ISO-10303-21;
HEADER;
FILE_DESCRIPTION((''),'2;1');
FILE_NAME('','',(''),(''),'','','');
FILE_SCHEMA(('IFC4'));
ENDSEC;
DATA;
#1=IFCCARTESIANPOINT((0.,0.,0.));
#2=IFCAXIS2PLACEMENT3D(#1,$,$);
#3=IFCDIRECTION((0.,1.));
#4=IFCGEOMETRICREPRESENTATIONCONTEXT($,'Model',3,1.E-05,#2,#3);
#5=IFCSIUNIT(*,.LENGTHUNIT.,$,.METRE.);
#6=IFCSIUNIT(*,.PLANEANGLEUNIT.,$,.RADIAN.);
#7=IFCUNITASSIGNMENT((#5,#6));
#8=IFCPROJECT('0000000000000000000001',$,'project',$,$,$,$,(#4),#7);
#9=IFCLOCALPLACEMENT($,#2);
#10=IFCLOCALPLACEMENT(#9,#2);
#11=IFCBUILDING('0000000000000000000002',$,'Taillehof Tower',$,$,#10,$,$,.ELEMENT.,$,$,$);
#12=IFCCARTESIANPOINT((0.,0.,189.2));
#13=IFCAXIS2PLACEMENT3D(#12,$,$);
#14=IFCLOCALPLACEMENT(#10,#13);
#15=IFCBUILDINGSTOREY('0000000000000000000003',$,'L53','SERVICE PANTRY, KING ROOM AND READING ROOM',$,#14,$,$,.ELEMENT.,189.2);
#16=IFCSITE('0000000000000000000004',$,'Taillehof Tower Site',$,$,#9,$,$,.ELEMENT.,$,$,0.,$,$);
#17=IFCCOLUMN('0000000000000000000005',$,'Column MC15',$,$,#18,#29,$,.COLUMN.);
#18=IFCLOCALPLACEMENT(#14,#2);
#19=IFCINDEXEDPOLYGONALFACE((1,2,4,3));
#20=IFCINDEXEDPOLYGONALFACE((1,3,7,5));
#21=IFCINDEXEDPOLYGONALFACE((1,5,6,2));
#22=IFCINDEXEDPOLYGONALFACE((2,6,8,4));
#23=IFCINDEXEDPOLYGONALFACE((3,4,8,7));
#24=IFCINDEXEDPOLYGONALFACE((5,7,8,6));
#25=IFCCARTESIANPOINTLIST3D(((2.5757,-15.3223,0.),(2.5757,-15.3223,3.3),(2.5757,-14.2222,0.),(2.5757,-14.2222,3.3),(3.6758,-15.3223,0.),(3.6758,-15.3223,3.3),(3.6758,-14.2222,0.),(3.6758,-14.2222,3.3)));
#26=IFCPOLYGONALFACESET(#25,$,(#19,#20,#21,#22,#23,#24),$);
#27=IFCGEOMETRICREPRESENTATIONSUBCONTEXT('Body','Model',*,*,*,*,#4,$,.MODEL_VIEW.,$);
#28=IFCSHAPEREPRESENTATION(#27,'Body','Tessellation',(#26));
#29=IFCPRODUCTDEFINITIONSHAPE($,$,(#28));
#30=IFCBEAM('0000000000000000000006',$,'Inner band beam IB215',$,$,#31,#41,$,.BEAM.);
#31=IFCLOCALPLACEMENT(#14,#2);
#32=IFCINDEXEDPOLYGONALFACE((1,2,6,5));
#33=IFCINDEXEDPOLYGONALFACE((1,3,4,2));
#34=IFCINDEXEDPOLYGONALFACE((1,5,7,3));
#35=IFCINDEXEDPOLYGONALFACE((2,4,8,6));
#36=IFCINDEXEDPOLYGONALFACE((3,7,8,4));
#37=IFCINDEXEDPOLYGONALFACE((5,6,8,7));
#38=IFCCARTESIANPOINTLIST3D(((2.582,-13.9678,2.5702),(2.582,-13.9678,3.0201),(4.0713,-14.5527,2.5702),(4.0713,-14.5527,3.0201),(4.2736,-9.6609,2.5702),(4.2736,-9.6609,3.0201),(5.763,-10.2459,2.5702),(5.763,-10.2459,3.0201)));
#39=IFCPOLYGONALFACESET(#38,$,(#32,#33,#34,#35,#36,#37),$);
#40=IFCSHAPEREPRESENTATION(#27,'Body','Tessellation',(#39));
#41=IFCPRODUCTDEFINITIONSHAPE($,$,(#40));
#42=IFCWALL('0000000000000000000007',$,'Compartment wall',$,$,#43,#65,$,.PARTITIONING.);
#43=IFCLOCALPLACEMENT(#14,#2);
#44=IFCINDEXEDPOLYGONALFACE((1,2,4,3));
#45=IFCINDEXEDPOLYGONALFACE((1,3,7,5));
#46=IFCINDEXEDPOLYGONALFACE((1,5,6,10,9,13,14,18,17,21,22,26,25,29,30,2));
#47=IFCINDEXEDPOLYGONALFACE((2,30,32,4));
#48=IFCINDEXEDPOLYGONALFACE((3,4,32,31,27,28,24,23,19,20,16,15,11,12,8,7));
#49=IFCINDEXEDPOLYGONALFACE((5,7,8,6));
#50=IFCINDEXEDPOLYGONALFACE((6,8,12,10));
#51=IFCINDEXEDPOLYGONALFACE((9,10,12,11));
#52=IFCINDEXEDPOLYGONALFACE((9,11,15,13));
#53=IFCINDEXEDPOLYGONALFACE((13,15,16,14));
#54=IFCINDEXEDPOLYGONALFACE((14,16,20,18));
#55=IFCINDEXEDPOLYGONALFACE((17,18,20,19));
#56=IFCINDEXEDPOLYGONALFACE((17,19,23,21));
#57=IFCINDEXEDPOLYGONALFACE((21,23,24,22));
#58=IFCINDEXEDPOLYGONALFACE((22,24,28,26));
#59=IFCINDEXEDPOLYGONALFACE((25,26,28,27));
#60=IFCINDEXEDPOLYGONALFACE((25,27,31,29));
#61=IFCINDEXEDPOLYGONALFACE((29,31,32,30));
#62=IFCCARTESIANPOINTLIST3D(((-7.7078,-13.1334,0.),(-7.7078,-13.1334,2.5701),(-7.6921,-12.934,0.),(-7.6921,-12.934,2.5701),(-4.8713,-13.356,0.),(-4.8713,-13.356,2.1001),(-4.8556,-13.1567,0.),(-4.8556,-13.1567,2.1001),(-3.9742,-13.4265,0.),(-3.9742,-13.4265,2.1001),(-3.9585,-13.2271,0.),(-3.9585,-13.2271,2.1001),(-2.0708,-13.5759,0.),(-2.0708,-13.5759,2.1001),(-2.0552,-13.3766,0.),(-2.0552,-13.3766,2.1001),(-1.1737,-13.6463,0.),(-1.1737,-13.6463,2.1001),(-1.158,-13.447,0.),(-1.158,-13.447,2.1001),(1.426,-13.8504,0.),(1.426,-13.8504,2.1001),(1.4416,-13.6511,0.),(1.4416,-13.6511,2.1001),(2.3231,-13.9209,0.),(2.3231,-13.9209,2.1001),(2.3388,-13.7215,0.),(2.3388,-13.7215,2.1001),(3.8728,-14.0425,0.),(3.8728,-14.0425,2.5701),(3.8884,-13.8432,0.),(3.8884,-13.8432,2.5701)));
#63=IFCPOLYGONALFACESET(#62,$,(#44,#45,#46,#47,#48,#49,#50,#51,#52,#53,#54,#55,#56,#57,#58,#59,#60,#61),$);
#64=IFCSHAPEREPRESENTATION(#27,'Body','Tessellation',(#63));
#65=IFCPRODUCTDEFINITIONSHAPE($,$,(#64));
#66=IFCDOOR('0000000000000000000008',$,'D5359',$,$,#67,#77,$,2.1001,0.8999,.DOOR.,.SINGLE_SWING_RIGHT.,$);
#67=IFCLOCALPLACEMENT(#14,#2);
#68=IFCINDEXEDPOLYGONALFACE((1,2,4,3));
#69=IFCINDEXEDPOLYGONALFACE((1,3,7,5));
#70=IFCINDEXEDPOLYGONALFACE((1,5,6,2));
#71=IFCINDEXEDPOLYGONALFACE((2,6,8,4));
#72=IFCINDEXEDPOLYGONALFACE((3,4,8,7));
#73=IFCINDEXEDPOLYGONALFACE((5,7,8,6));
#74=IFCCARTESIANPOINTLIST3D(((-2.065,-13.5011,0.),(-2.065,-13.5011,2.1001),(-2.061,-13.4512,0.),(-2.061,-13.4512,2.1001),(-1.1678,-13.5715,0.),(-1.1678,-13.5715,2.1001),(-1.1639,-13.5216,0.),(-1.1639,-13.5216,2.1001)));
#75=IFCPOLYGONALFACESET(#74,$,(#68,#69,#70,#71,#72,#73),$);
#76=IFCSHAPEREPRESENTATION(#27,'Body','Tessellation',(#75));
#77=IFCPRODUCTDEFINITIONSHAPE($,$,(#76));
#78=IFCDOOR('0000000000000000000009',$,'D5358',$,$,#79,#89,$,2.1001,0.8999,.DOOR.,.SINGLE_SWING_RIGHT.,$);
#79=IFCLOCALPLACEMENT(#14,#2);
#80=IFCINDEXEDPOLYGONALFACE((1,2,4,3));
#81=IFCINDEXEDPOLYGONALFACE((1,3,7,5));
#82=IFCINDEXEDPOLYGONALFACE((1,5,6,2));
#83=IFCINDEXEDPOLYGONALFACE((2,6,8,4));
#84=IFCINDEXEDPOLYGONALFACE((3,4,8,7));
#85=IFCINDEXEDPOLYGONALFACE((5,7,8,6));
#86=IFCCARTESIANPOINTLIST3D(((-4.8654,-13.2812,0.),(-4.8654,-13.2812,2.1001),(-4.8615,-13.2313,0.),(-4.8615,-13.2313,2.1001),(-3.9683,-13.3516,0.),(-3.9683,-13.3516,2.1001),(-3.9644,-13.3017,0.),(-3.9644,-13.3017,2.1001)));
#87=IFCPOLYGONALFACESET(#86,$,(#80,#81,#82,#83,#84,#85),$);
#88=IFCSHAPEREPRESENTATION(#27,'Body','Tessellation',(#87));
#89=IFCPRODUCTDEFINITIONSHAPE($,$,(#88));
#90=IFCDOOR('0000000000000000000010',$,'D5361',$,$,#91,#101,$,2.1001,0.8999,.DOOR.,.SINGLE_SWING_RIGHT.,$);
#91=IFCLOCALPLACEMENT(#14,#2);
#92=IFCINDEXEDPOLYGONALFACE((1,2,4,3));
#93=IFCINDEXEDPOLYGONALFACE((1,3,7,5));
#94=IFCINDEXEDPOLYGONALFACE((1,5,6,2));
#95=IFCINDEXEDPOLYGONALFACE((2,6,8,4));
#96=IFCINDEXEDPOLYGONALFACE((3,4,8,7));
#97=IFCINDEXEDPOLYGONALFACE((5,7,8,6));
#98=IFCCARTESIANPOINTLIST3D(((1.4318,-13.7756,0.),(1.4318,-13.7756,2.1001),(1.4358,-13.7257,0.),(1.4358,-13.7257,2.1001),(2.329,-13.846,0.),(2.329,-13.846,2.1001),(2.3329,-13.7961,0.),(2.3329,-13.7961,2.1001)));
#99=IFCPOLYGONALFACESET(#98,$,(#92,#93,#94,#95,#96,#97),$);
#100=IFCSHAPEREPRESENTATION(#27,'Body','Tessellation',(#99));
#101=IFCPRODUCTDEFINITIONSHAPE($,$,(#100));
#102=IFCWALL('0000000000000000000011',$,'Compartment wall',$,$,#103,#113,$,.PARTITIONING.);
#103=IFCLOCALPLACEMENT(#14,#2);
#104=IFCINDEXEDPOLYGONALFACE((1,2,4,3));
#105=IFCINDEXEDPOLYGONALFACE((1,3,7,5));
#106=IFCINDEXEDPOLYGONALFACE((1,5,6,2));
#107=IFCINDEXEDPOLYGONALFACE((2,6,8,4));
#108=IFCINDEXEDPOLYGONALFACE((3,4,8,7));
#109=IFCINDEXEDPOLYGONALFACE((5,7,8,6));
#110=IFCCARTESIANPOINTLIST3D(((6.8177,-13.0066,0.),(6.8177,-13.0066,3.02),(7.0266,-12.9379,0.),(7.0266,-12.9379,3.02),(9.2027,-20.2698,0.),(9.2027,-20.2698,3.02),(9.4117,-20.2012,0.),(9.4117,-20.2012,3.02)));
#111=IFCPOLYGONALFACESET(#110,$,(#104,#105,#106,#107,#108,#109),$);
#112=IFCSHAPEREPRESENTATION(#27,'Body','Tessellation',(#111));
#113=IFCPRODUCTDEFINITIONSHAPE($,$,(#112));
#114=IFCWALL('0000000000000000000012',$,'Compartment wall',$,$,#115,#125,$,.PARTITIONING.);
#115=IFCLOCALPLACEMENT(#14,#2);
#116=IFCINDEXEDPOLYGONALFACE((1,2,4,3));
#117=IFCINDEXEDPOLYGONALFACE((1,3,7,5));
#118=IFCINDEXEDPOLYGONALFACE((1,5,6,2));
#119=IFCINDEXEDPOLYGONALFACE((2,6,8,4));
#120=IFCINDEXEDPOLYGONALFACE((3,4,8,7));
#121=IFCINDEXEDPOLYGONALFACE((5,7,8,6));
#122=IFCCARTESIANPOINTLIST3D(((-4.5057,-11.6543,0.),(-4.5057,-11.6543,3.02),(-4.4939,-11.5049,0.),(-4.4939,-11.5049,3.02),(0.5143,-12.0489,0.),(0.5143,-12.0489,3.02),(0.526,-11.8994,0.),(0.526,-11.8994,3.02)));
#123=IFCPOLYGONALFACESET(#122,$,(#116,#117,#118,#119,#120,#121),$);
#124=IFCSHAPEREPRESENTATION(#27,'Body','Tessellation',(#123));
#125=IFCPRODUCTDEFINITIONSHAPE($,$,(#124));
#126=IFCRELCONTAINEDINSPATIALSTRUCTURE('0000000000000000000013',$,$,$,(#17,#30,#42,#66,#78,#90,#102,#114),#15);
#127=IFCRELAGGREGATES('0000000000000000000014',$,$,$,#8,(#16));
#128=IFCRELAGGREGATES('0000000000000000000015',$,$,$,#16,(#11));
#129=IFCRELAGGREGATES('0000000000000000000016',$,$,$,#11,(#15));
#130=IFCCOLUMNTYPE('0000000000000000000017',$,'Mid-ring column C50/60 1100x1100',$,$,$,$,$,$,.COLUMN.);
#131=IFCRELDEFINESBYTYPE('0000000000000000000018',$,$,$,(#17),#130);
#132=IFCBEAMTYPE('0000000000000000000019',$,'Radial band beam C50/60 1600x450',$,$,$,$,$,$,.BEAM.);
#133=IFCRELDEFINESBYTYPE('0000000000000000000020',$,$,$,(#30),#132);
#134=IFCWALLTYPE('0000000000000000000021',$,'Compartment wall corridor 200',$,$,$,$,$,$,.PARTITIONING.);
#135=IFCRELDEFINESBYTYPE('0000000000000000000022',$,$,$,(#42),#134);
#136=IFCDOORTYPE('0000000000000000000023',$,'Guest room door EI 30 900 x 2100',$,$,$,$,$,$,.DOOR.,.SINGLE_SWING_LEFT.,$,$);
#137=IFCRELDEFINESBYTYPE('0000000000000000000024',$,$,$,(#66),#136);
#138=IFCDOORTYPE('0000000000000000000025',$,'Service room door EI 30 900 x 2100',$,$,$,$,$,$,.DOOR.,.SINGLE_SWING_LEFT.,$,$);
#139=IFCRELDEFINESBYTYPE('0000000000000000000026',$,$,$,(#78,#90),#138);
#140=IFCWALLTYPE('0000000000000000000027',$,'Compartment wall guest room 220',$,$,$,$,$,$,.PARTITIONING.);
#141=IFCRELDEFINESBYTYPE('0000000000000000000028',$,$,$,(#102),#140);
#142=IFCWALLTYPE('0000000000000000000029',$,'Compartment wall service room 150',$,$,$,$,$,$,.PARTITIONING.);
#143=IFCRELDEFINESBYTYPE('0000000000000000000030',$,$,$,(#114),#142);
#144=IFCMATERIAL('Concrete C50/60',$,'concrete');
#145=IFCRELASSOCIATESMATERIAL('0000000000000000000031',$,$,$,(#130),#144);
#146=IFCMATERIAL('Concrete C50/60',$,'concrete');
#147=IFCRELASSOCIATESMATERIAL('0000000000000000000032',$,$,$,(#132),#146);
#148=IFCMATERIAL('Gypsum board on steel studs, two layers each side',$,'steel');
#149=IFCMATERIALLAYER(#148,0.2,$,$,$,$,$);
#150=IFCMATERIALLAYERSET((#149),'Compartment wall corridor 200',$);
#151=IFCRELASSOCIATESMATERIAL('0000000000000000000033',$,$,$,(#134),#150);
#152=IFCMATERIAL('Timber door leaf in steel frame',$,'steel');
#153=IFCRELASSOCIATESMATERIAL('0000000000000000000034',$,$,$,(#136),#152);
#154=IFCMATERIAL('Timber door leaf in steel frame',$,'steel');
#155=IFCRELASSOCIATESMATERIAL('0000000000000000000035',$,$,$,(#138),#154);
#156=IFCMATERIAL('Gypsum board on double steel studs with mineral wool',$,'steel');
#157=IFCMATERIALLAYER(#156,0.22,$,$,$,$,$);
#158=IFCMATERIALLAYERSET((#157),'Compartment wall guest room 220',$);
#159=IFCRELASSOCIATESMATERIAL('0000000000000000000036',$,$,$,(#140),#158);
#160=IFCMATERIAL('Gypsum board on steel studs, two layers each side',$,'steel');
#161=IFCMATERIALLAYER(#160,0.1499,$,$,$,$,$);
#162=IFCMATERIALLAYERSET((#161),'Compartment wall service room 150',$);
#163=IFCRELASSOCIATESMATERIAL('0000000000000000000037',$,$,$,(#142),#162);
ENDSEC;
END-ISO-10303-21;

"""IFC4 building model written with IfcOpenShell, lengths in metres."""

from ifc_helpers import new_model, si_unit, direction, frame, frame_2d, origin, origin_2d, place, context, subcontext, project, spatial, rectangle, extrude, material, layer, layer_set, material_profile, profile_set, type_object, element, fill, save


model = new_model("IFC4")

# Units and contexts
model_context = context("Model", 3, precision=1e-05, world=origin(), true_north=direction((0.0, 1.0)))
body_context = subcontext(model_context, "Body", "Model", "MODEL_VIEW")
ifc_project = project(units=[si_unit("LENGTHUNIT", "METRE"), si_unit("PLANEANGLEUNIT", "RADIAN")], contexts=[model_context])

# Site, building, storey
site_placement = place(None, origin())
site = spatial("IfcSite", under=ifc_project, at=site_placement, Name="Taillehof Tower Site", CompositionType="ELEMENT", RefElevation=0.0)
building_placement = place(site_placement, origin())
building = spatial("IfcBuilding", under=site, at=building_placement, Name="Taillehof Tower", CompositionType="ELEMENT")
storey_placement = place(building_placement, frame((0.0, 0.0, 189.2)))
storey = spatial("IfcBuildingStorey", under=building, at=storey_placement, Name="L53", Description="SERVICE PANTRY, KING ROOM AND READING ROOM", CompositionType="ELEMENT", Elevation=189.2)

# Column
ifc_material_1 = material(Name="Concrete C50/60", Category="concrete")
ifc_material_profile_1 = material_profile(ifc_material_1, rectangle(XDim=1.1001, YDim=1.1001, at=origin_2d()), Name="RC 1100x1100")
ifc_profile_set_1 = profile_set([ifc_material_profile_1], Name="Concrete C50/60")
column_type = type_object("IfcColumnType", Name="Mid-ring column C50/60 1100x1100", PredefinedType="COLUMN", material=ifc_profile_set_1)
column_placement = place(storey_placement, frame((3.1257, -14.7722, 0.0), z_axis=(0.0, 0.0, 1.0), x_axis=(1.0, 0.0, 0.0)))
element("IfcColumn", 1, at=column_placement, inside=storey, type_object=column_type, Name="Column MC15", PredefinedType="COLUMN", context=body_context, shape_type="SweptSolid", body=[
    extrude(rectangle(XDim=1.1001, YDim=1.1001, at=origin_2d()), origin(), (0.0, 0.0, 1.0), 3.3),
])

# Beam
ifc_material_2 = material(Name="Concrete C50/60", Category="concrete")
ifc_material_profile_2 = material_profile(ifc_material_2, rectangle(XDim=1.6001, YDim=0.45, at=origin_2d()), Name="RC 1600x450")
ifc_profile_set_2 = profile_set([ifc_material_profile_2], Name="Concrete C50/60")
beam_type = type_object("IfcBeamType", Name="Radial band beam C50/60 1600x450", PredefinedType="BEAM", material=ifc_profile_set_2)
beam_placement = place(storey_placement, frame((3.3267, -14.2603, 2.7952), z_axis=(0.365589, 0.930777, 0.0), x_axis=(-0.930777, 0.365589, 0.0)))
element("IfcBeam", 2, at=beam_placement, inside=storey, type_object=beam_type, Name="Inner band beam IB215", PredefinedType="BEAM", context=body_context, shape_type="SweptSolid", body=[
    extrude(rectangle(XDim=1.6001, YDim=0.45, at=origin_2d()), origin(), (0.0, 0.0, 1.0), 4.6272),
])

# Wall, openings, doors
ifc_material_3 = material(Name="Gypsum board on steel studs, two layers each side", Category="steel")
ifc_layer_1 = layer(ifc_material_3, 0.2)
ifc_layer_set_1 = layer_set([ifc_layer_1], Name="Compartment wall corridor 200")
wall_type_1 = type_object("IfcWallType", Name="Compartment wall corridor 200", PredefinedType="PARTITIONING", material=ifc_layer_set_1)
wall_1_placement = place(storey_placement, frame((3.8806, -13.9429, 0.0), z_axis=(0.0, 0.0, 1.0), x_axis=(-0.996932, 0.078268, 0.0)))
wall_1 = element("IfcWall", 3, at=wall_1_placement, inside=storey, type_object=wall_type_1, Name="Compartment wall", PredefinedType="PARTITIONING", context=body_context, shape_type="SweptSolid", body=[
    extrude(rectangle(XDim=11.6162, YDim=0.2, at=frame_2d((5.8081, 0.0))), origin(), (0.0, 0.0, 1.0), 2.5701),
])
opening_1_placement = place(wall_1_placement, frame((7.8711, 0.0, 0.0)))
opening_1 = element("IfcOpeningElement", 4, at=opening_1_placement, cuts=wall_1, PredefinedType="OPENING", context=body_context, shape_type="SweptSolid", body=[
    extrude(rectangle(XDim=0.8999, YDim=2.1001, at=frame_2d((0.45, 1.05))), frame((0.0, 0.1099, 0.0), z_axis=(0.0, -1.0, 0.0), x_axis=(1.0, 0.0, 0.0)), (0.0, 0.0, 1.0), 0.22),
])
opening_2_placement = place(wall_1_placement, frame((5.062, 0.0, 0.0)))
opening_2 = element("IfcOpeningElement", 5, at=opening_2_placement, cuts=wall_1, PredefinedType="OPENING", context=body_context, shape_type="SweptSolid", body=[
    extrude(rectangle(XDim=0.8999, YDim=2.1001, at=frame_2d((0.45, 1.05))), frame((0.0, 0.1099, 0.0), z_axis=(0.0, -1.0, 0.0), x_axis=(1.0, 0.0, 0.0)), (0.0, 0.0, 1.0), 0.22),
])
opening_3_placement = place(wall_1_placement, frame((1.5544, 0.0, 0.0)))
opening_3 = element("IfcOpeningElement", 6, at=opening_3_placement, cuts=wall_1, PredefinedType="OPENING", context=body_context, shape_type="SweptSolid", body=[
    extrude(rectangle(XDim=0.8999, YDim=2.1001, at=frame_2d((0.45, 1.05))), frame((0.0, 0.1099, 0.0), z_axis=(0.0, -1.0, 0.0), x_axis=(1.0, 0.0, 0.0)), (0.0, 0.0, 1.0), 0.22),
])
ifc_material_4 = material(Name="Timber door leaf in steel frame", Category="steel")
door_type_1 = type_object("IfcDoorType", Name="Guest room door EI 30 900 x 2100", OperationType="SINGLE_SWING_LEFT", PredefinedType="DOOR", material=ifc_material_4)
door_1_placement = place(opening_2_placement, origin())
door_1 = element("IfcDoor", 7, at=door_1_placement, inside=storey, type_object=door_type_1, Name="D5359", OperationType="SINGLE_SWING_RIGHT", OverallHeight=2.1001, OverallWidth=0.8999, PredefinedType="DOOR", context=body_context, shape_type="SweptSolid", body=[
    extrude(rectangle(XDim=0.8999, YDim=2.1001, at=frame_2d((0.45, 1.05))), frame((0.0, 0.0249, 0.0), z_axis=(0.0, -1.0, 0.0), x_axis=(1.0, 0.0, 0.0)), (0.0, 0.0, 1.0), 0.05),
])
fill(opening_2, door_1)
ifc_material_5 = material(Name="Timber door leaf in steel frame", Category="steel")
door_type_2 = type_object("IfcDoorType", Name="Service room door EI 30 900 x 2100", OperationType="SINGLE_SWING_LEFT", PredefinedType="DOOR", material=ifc_material_5)
door_2_placement = place(opening_1_placement, origin())
door_2 = element("IfcDoor", 8, at=door_2_placement, inside=storey, type_object=door_type_2, Name="D5358", OperationType="SINGLE_SWING_RIGHT", OverallHeight=2.1001, OverallWidth=0.8999, PredefinedType="DOOR", context=body_context, shape_type="SweptSolid", body=[
    extrude(rectangle(XDim=0.8999, YDim=2.1001, at=frame_2d((0.45, 1.05))), frame((0.0, 0.0249, 0.0), z_axis=(0.0, -1.0, 0.0), x_axis=(1.0, 0.0, 0.0)), (0.0, 0.0, 1.0), 0.05),
])
fill(opening_1, door_2)
door_3_placement = place(opening_3_placement, origin())
door_3 = element("IfcDoor", 9, at=door_3_placement, inside=storey, type_object=door_type_2, Name="D5361", OperationType="SINGLE_SWING_RIGHT", OverallHeight=2.1001, OverallWidth=0.8999, PredefinedType="DOOR", context=body_context, shape_type="SweptSolid", body=[
    extrude(rectangle(XDim=0.8999, YDim=2.1001, at=frame_2d((0.45, 1.05))), frame((0.0, 0.0249, 0.0), z_axis=(0.0, -1.0, 0.0), x_axis=(1.0, 0.0, 0.0)), (0.0, 0.0, 1.0), 0.05),
])
fill(opening_3, door_3)

# Walls
ifc_material_6 = material(Name="Gypsum board on double steel studs with mineral wool", Category="steel")
ifc_layer_2 = layer(ifc_material_6, 0.22)
ifc_layer_set_2 = layer_set([ifc_layer_2], Name="Compartment wall guest room 220")
wall_type_2 = type_object("IfcWallType", Name="Compartment wall guest room 220", PredefinedType="PARTITIONING", material=ifc_layer_set_2)
wall_2_placement = place(storey_placement, frame((9.3071, -20.2354, 0.0), z_axis=(0.0, 0.0, 1.0), x_axis=(-0.31198, 0.950089, 0.0)))
element("IfcWall", 10, at=wall_2_placement, inside=storey, type_object=wall_type_2, Name="Compartment wall", PredefinedType="PARTITIONING", context=body_context, shape_type="SweptSolid", body=[
    extrude(rectangle(XDim=7.6448, YDim=0.22, at=frame_2d((3.8223, 0.0))), origin(), (0.0, 0.0, 1.0), 3.02),
])
ifc_material_7 = material(Name="Gypsum board on steel studs, two layers each side", Category="steel")
ifc_layer_3 = layer(ifc_material_7, 0.1499)
ifc_layer_set_3 = layer_set([ifc_layer_3], Name="Compartment wall service room 150")
wall_type_3 = type_object("IfcWallType", Name="Compartment wall service room 150", PredefinedType="PARTITIONING", material=ifc_layer_set_3)
wall_3_placement = place(storey_placement, frame((0.52, -11.9741, 0.0), z_axis=(0.0, 0.0, 1.0), x_axis=(-0.996926, 0.07835, 0.0)))
element("IfcWall", 11, at=wall_3_placement, inside=storey, type_object=wall_type_3, Name="Compartment wall", PredefinedType="PARTITIONING", context=body_context, shape_type="SweptSolid", body=[
    extrude(rectangle(XDim=5.0354, YDim=0.1499, at=frame_2d((2.5176, 0.0))), origin(), (0.0, 0.0, 1.0), 3.02),
])

save(model, "model.ifc")
